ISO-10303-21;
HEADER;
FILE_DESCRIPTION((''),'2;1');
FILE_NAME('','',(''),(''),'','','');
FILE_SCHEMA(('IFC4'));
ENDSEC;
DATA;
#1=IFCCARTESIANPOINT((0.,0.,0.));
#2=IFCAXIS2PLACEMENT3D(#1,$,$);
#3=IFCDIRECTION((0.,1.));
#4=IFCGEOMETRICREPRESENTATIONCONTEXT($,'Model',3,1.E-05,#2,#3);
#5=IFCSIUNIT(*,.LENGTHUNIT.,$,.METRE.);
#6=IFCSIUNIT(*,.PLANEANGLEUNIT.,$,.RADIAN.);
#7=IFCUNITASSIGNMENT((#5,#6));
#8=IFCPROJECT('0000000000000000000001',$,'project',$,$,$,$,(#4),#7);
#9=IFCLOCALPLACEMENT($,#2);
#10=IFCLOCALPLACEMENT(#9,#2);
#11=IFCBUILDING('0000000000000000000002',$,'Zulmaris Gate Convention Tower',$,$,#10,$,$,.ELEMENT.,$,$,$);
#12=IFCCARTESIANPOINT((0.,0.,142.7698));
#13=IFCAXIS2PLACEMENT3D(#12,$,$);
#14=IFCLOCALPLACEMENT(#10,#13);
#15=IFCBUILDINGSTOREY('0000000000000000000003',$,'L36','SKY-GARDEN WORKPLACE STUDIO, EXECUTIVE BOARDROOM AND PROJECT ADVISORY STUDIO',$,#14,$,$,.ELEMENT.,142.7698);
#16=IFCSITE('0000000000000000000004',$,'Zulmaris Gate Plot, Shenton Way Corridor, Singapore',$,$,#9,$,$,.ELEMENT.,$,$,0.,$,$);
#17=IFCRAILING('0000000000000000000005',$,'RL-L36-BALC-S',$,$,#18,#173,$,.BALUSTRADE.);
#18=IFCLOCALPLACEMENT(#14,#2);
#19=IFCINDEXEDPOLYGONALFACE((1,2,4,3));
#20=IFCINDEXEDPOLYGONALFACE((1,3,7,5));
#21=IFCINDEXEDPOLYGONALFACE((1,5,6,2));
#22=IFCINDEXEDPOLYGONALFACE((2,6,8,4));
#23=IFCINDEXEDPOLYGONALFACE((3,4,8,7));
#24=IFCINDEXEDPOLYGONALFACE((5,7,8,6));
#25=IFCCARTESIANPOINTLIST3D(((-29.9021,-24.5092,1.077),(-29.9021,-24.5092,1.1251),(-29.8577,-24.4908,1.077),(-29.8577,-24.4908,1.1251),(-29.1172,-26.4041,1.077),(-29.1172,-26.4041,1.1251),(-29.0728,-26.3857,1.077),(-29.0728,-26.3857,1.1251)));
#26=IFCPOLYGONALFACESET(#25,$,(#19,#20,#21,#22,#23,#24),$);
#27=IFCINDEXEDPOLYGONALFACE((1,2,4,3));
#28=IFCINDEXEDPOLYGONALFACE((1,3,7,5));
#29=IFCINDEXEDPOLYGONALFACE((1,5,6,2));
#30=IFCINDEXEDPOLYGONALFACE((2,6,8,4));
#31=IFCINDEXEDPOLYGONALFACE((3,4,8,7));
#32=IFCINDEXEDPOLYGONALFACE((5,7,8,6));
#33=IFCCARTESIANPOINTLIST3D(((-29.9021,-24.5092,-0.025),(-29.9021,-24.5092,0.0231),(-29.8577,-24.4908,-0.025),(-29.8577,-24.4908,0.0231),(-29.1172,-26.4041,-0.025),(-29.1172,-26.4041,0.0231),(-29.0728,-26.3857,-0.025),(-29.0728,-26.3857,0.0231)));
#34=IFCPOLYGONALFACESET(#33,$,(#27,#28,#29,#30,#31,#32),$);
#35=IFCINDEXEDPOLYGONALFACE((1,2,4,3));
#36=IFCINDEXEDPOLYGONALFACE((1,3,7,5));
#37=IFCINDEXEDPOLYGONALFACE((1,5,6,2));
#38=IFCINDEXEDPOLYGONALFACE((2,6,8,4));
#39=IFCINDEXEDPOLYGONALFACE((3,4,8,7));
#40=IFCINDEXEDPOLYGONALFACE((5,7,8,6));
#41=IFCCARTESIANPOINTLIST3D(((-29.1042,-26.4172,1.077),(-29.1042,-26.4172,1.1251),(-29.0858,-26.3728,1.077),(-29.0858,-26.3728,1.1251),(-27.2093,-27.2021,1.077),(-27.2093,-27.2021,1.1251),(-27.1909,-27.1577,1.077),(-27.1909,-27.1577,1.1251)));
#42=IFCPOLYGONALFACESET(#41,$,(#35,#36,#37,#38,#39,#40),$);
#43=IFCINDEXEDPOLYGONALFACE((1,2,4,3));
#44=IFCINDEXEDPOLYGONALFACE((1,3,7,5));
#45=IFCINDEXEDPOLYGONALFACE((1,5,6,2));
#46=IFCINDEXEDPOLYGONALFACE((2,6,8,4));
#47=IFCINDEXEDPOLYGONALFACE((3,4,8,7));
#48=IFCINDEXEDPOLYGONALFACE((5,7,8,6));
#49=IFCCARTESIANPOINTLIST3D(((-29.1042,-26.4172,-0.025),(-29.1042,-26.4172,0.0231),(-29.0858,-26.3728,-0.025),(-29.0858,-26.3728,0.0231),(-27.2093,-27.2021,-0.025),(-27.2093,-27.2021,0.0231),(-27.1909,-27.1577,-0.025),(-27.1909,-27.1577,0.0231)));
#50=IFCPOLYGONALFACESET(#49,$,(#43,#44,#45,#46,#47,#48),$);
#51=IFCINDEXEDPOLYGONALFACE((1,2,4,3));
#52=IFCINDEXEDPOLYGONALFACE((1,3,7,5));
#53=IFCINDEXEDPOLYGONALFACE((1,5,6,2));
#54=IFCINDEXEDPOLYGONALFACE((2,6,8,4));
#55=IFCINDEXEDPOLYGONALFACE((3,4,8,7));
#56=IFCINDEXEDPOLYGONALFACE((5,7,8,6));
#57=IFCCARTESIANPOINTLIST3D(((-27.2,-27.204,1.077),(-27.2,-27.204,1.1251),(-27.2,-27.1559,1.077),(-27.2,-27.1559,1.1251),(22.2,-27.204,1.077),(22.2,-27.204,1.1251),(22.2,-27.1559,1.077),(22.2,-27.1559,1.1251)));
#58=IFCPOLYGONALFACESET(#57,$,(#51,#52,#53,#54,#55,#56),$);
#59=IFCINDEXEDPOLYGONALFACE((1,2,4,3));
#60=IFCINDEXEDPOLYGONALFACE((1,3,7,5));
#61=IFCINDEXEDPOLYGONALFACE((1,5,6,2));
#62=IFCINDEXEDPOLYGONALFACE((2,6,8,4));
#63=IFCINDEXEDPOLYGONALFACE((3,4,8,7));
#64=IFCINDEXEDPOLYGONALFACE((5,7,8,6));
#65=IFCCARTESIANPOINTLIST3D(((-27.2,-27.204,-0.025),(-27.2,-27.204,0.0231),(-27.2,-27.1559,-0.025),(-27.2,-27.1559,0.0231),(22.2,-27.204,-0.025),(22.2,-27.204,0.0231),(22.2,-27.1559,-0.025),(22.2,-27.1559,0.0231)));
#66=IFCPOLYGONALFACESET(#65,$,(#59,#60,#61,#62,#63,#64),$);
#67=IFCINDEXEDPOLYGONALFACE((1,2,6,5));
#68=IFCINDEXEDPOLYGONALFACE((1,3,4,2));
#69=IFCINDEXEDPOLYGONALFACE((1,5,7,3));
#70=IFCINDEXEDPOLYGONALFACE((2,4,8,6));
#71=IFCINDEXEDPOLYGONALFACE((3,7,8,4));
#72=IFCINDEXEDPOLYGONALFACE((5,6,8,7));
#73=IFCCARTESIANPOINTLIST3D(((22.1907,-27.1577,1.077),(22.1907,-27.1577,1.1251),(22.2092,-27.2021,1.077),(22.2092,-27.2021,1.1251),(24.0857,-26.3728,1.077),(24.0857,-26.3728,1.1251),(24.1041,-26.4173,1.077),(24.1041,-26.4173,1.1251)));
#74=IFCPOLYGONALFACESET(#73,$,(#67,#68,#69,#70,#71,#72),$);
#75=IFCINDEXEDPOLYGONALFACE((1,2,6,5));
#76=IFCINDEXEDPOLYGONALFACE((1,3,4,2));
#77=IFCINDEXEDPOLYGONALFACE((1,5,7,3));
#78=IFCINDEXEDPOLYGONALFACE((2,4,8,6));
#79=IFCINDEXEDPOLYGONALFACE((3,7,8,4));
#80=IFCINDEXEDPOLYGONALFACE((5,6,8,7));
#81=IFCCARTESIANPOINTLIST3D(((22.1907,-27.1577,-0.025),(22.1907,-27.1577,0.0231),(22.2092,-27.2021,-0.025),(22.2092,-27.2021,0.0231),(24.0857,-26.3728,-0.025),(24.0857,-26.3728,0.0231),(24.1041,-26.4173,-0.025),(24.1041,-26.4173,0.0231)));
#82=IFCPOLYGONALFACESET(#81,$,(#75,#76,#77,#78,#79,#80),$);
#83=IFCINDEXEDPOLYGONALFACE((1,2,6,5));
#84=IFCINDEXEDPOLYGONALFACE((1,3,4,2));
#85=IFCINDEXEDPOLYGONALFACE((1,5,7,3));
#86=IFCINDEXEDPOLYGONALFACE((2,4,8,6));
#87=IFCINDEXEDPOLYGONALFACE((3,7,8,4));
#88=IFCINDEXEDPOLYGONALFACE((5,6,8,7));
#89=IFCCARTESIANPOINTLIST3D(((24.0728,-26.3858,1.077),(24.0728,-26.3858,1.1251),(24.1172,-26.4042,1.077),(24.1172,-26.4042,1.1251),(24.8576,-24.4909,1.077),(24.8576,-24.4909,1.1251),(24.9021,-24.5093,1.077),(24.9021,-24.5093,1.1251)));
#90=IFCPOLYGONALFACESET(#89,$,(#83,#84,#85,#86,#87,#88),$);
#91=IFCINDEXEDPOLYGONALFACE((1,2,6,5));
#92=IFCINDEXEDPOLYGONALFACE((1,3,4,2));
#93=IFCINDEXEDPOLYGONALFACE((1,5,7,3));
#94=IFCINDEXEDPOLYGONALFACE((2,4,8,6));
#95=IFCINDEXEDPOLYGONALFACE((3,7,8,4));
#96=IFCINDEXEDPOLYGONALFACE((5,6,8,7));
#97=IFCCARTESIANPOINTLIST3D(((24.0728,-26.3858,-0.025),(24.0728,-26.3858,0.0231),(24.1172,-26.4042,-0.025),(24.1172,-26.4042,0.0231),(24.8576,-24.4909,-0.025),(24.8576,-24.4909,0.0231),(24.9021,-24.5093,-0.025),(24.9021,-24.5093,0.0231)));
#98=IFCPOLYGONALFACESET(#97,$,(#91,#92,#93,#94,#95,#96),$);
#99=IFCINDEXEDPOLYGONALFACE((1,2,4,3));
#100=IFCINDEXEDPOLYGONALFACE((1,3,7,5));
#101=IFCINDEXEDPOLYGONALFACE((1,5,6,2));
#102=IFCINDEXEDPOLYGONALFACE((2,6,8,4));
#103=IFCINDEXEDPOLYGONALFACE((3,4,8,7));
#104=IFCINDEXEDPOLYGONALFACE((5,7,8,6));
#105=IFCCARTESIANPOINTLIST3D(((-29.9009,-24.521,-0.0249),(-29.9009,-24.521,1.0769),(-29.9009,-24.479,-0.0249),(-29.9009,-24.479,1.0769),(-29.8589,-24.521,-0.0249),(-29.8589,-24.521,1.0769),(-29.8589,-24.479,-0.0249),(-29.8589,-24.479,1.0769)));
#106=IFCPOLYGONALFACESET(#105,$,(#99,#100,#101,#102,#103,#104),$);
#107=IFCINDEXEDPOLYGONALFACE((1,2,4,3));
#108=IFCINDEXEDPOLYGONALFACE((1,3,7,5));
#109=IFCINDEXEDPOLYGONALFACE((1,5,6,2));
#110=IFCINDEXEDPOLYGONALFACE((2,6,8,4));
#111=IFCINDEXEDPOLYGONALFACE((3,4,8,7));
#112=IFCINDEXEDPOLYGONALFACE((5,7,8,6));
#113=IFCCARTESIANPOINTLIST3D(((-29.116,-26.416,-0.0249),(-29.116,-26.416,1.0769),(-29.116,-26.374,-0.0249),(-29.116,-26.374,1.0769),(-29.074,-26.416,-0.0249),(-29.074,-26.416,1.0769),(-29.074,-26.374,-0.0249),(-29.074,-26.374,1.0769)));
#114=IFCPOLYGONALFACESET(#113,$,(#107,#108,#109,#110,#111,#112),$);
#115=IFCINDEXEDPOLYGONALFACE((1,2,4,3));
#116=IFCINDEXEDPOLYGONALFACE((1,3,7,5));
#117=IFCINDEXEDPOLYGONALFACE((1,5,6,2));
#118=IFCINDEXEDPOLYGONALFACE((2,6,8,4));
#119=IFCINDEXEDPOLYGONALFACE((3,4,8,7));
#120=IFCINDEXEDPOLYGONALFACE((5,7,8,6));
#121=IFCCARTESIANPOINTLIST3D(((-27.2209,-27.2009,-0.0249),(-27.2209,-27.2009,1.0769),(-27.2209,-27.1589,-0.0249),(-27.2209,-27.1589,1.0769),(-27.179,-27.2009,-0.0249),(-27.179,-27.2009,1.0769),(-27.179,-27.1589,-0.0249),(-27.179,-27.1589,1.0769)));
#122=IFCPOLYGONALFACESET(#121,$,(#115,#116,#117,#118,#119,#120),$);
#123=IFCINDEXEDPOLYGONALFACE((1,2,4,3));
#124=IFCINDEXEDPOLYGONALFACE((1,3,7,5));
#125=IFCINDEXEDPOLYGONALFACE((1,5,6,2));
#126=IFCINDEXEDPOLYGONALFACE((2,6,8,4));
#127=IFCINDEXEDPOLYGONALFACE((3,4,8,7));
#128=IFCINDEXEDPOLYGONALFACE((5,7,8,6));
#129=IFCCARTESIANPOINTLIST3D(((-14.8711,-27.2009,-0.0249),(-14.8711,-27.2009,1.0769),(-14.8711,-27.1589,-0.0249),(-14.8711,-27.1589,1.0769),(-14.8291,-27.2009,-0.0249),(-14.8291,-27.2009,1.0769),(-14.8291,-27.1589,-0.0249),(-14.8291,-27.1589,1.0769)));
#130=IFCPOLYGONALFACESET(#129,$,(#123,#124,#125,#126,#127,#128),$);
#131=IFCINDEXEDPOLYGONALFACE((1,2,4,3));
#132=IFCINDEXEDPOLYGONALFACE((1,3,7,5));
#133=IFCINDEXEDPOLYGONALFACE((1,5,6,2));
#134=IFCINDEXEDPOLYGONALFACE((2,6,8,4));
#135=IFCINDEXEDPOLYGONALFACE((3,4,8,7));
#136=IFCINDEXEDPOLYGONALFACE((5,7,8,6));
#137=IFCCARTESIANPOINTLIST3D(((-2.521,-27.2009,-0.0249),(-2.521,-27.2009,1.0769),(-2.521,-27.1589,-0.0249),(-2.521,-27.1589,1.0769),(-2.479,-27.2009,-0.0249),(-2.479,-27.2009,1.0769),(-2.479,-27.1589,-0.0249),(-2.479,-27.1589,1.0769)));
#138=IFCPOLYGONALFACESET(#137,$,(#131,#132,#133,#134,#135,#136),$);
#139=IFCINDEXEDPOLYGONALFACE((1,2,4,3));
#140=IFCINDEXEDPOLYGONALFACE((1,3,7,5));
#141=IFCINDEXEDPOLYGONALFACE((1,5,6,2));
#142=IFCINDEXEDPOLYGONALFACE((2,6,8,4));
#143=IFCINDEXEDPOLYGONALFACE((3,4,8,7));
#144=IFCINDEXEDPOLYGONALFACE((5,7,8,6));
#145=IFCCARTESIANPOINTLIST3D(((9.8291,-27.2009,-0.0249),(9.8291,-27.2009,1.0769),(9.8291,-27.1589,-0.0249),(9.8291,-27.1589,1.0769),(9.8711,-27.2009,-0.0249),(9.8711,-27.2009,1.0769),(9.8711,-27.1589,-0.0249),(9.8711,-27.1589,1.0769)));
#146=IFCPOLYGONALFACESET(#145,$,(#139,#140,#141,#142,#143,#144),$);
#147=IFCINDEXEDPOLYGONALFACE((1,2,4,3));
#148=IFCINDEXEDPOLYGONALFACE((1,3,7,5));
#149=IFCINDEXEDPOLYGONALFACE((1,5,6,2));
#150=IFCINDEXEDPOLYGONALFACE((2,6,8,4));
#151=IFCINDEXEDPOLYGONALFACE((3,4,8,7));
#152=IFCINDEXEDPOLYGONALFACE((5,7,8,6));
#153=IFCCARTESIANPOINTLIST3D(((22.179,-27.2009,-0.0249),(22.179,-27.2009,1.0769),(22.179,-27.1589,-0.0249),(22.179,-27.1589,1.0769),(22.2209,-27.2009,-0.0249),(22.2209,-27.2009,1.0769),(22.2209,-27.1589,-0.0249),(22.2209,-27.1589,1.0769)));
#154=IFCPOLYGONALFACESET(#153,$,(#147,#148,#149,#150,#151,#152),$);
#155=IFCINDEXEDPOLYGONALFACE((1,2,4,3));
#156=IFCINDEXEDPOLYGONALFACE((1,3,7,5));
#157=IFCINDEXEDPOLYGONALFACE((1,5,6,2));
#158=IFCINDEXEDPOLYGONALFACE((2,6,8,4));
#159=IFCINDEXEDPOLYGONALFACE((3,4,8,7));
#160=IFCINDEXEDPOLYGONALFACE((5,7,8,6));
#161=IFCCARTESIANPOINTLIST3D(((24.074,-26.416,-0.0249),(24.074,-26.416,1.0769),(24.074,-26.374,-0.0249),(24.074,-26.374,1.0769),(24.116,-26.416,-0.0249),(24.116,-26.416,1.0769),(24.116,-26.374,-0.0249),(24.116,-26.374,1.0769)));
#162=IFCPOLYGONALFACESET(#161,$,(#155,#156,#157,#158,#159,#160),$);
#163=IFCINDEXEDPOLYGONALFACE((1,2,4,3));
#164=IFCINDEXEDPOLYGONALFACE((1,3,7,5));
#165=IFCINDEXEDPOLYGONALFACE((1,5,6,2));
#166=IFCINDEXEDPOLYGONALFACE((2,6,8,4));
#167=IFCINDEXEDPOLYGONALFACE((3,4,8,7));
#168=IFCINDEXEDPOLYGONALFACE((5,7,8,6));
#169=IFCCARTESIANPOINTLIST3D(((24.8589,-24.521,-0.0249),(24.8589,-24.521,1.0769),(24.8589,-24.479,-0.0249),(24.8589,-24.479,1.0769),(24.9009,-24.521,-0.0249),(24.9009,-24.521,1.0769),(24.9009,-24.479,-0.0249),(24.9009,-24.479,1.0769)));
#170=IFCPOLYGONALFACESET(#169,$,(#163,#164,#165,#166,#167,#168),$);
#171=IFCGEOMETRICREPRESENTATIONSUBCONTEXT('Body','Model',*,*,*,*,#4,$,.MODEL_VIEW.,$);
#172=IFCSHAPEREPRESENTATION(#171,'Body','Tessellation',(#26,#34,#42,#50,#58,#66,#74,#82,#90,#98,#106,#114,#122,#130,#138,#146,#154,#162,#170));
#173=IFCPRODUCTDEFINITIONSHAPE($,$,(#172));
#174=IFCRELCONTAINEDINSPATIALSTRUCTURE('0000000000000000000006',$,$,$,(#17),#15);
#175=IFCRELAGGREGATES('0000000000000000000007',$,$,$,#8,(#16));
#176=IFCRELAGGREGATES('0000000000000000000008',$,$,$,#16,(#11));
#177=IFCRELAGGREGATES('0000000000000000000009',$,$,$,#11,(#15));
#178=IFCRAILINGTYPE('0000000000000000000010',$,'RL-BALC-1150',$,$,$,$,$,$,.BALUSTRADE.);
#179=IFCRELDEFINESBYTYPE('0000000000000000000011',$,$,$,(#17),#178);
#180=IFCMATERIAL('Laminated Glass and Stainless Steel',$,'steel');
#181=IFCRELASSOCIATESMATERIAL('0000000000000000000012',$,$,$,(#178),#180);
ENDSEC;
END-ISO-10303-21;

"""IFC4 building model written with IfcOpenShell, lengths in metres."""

from ifc_helpers import new_model, si_unit, direction, frame, origin, origin_2d, place, context, subcontext, project, spatial, rectangle, extrude, material, type_object, element, save


model = new_model("IFC4")

# Units and contexts
model_context = context("Model", 3, precision=1e-05, world=origin(), true_north=direction((0.0, 1.0)))
body_context = subcontext(model_context, "Body", "Model", "MODEL_VIEW")
ifc_project = project(units=[si_unit("LENGTHUNIT", "METRE"), si_unit("PLANEANGLEUNIT", "RADIAN")], contexts=[model_context])

# Site, building, storey
site_placement = place(None, origin())
site = spatial("IfcSite", under=ifc_project, at=site_placement, Name="Zulmaris Gate Plot, Shenton Way Corridor, Singapore", CompositionType="ELEMENT", RefElevation=0.0)
building_placement = place(site_placement, origin())
building = spatial("IfcBuilding", under=site, at=building_placement, Name="Zulmaris Gate Convention Tower", CompositionType="ELEMENT")
storey_placement = place(building_placement, frame((0.0, 0.0, 142.7698)))
storey = spatial("IfcBuildingStorey", under=building, at=storey_placement, Name="L36", Description="SKY-GARDEN WORKPLACE STUDIO, EXECUTIVE BOARDROOM AND PROJECT ADVISORY STUDIO", CompositionType="ELEMENT", Elevation=142.7698)

# Railing
ifc_material_1 = material(Name="Laminated Glass and Stainless Steel", Category="steel")
railing_type = type_object("IfcRailingType", Name="RL-BALC-1150", PredefinedType="BALUSTRADE", material=ifc_material_1)
railing_placement = place(storey_placement, frame((-29.8799, -24.5, -0.0249)))
element("IfcRailing", 1, at=railing_placement, inside=storey, type_object=railing_type, Name="RL-L36-BALC-S", PredefinedType="BALUSTRADE", context=body_context, shape_type="SweptSolid", body=[
    extrude(rectangle(XDim=0.0481, YDim=0.0481, at=origin_2d()), frame((0.0, 0.0, 1.126), z_axis=(0.382671, -0.923885, 0.0), x_axis=(0.923885, 0.382671, 0.0)), (0.0, 0.0, 1.0), 2.051),
    extrude(rectangle(XDim=0.0481, YDim=0.0481, at=origin_2d()), frame((0.0, 0.0, 0.0239), z_axis=(0.382671, -0.923885, 0.0), x_axis=(0.923885, 0.382671, 0.0)), (0.0, 0.0, 1.0), 2.051),
    extrude(rectangle(XDim=0.0481, YDim=0.0481, at=origin_2d()), frame((0.7849, -1.895, 1.126), z_axis=(0.923885, -0.382671, 0.0), x_axis=(0.382671, 0.923885, 0.0)), (0.0, 0.0, 1.0), 2.051),
    extrude(rectangle(XDim=0.0481, YDim=0.0481, at=origin_2d()), frame((0.7849, -1.895, 0.0239), z_axis=(0.923885, -0.382671, 0.0), x_axis=(0.382671, 0.923885, 0.0)), (0.0, 0.0, 1.0), 2.051),
    extrude(rectangle(XDim=0.0481, YDim=0.0481, at=origin_2d()), frame((2.6799, -2.6799, 1.126), z_axis=(1.0, 0.0, 0.0), x_axis=(0.0, 1.0, 0.0)), (0.0, 0.0, 1.0), 49.3999),
    extrude(rectangle(XDim=0.0481, YDim=0.0481, at=origin_2d()), frame((2.6799, -2.6799, 0.0239), z_axis=(1.0, 0.0, 0.0), x_axis=(0.0, 1.0, 0.0)), (0.0, 0.0, 1.0), 49.3999),
    extrude(rectangle(XDim=0.0481, YDim=0.0481, at=origin_2d()), frame((52.0798, -2.6799, 1.126), z_axis=(0.923885, 0.382671, 0.0), x_axis=(-0.382671, 0.923885, 0.0)), (0.0, 0.0, 1.0), 2.051),
    extrude(rectangle(XDim=0.0481, YDim=0.0481, at=origin_2d()), frame((52.0798, -2.6799, 0.0239), z_axis=(0.923885, 0.382671, 0.0), x_axis=(-0.382671, 0.923885, 0.0)), (0.0, 0.0, 1.0), 2.051),
    extrude(rectangle(XDim=0.0481, YDim=0.0481, at=origin_2d()), frame((53.9749, -1.895, 1.126), z_axis=(0.382671, 0.923885, 0.0), x_axis=(-0.923885, 0.382671, 0.0)), (0.0, 0.0, 1.0), 2.051),
    extrude(rectangle(XDim=0.0481, YDim=0.0481, at=origin_2d()), frame((53.9749, -1.895, 0.0239), z_axis=(0.382671, 0.923885, 0.0), x_axis=(-0.923885, 0.382671, 0.0)), (0.0, 0.0, 1.0), 2.051),
    extrude(rectangle(XDim=0.042, YDim=0.042, at=origin_2d()), origin(), (0.0, 0.0, 1.0), 1.1018),
    extrude(rectangle(XDim=0.042, YDim=0.042, at=origin_2d()), frame((0.7849, -1.895, 0.0)), (0.0, 0.0, 1.0), 1.1018),
    extrude(rectangle(XDim=0.042, YDim=0.042, at=origin_2d()), frame((2.6799, -2.6799, 0.0)), (0.0, 0.0, 1.0), 1.1018),
    extrude(rectangle(XDim=0.042, YDim=0.042, at=origin_2d()), frame((15.0298, -2.6799, 0.0)), (0.0, 0.0, 1.0), 1.1018),
    extrude(rectangle(XDim=0.042, YDim=0.042, at=origin_2d()), frame((27.3799, -2.6799, 0.0)), (0.0, 0.0, 1.0), 1.1018),
    extrude(rectangle(XDim=0.042, YDim=0.042, at=origin_2d()), frame((39.73, -2.6799, 0.0)), (0.0, 0.0, 1.0), 1.1018),
    extrude(rectangle(XDim=0.042, YDim=0.042, at=origin_2d()), frame((52.0798, -2.6799, 0.0)), (0.0, 0.0, 1.0), 1.1018),
    extrude(rectangle(XDim=0.042, YDim=0.042, at=origin_2d()), frame((53.9749, -1.895, 0.0)), (0.0, 0.0, 1.0), 1.1018),
    extrude(rectangle(XDim=0.042, YDim=0.042, at=origin_2d()), frame((54.7598, 0.0, 0.0)), (0.0, 0.0, 1.0), 1.1018),
])

save(model, "model.ifc")
